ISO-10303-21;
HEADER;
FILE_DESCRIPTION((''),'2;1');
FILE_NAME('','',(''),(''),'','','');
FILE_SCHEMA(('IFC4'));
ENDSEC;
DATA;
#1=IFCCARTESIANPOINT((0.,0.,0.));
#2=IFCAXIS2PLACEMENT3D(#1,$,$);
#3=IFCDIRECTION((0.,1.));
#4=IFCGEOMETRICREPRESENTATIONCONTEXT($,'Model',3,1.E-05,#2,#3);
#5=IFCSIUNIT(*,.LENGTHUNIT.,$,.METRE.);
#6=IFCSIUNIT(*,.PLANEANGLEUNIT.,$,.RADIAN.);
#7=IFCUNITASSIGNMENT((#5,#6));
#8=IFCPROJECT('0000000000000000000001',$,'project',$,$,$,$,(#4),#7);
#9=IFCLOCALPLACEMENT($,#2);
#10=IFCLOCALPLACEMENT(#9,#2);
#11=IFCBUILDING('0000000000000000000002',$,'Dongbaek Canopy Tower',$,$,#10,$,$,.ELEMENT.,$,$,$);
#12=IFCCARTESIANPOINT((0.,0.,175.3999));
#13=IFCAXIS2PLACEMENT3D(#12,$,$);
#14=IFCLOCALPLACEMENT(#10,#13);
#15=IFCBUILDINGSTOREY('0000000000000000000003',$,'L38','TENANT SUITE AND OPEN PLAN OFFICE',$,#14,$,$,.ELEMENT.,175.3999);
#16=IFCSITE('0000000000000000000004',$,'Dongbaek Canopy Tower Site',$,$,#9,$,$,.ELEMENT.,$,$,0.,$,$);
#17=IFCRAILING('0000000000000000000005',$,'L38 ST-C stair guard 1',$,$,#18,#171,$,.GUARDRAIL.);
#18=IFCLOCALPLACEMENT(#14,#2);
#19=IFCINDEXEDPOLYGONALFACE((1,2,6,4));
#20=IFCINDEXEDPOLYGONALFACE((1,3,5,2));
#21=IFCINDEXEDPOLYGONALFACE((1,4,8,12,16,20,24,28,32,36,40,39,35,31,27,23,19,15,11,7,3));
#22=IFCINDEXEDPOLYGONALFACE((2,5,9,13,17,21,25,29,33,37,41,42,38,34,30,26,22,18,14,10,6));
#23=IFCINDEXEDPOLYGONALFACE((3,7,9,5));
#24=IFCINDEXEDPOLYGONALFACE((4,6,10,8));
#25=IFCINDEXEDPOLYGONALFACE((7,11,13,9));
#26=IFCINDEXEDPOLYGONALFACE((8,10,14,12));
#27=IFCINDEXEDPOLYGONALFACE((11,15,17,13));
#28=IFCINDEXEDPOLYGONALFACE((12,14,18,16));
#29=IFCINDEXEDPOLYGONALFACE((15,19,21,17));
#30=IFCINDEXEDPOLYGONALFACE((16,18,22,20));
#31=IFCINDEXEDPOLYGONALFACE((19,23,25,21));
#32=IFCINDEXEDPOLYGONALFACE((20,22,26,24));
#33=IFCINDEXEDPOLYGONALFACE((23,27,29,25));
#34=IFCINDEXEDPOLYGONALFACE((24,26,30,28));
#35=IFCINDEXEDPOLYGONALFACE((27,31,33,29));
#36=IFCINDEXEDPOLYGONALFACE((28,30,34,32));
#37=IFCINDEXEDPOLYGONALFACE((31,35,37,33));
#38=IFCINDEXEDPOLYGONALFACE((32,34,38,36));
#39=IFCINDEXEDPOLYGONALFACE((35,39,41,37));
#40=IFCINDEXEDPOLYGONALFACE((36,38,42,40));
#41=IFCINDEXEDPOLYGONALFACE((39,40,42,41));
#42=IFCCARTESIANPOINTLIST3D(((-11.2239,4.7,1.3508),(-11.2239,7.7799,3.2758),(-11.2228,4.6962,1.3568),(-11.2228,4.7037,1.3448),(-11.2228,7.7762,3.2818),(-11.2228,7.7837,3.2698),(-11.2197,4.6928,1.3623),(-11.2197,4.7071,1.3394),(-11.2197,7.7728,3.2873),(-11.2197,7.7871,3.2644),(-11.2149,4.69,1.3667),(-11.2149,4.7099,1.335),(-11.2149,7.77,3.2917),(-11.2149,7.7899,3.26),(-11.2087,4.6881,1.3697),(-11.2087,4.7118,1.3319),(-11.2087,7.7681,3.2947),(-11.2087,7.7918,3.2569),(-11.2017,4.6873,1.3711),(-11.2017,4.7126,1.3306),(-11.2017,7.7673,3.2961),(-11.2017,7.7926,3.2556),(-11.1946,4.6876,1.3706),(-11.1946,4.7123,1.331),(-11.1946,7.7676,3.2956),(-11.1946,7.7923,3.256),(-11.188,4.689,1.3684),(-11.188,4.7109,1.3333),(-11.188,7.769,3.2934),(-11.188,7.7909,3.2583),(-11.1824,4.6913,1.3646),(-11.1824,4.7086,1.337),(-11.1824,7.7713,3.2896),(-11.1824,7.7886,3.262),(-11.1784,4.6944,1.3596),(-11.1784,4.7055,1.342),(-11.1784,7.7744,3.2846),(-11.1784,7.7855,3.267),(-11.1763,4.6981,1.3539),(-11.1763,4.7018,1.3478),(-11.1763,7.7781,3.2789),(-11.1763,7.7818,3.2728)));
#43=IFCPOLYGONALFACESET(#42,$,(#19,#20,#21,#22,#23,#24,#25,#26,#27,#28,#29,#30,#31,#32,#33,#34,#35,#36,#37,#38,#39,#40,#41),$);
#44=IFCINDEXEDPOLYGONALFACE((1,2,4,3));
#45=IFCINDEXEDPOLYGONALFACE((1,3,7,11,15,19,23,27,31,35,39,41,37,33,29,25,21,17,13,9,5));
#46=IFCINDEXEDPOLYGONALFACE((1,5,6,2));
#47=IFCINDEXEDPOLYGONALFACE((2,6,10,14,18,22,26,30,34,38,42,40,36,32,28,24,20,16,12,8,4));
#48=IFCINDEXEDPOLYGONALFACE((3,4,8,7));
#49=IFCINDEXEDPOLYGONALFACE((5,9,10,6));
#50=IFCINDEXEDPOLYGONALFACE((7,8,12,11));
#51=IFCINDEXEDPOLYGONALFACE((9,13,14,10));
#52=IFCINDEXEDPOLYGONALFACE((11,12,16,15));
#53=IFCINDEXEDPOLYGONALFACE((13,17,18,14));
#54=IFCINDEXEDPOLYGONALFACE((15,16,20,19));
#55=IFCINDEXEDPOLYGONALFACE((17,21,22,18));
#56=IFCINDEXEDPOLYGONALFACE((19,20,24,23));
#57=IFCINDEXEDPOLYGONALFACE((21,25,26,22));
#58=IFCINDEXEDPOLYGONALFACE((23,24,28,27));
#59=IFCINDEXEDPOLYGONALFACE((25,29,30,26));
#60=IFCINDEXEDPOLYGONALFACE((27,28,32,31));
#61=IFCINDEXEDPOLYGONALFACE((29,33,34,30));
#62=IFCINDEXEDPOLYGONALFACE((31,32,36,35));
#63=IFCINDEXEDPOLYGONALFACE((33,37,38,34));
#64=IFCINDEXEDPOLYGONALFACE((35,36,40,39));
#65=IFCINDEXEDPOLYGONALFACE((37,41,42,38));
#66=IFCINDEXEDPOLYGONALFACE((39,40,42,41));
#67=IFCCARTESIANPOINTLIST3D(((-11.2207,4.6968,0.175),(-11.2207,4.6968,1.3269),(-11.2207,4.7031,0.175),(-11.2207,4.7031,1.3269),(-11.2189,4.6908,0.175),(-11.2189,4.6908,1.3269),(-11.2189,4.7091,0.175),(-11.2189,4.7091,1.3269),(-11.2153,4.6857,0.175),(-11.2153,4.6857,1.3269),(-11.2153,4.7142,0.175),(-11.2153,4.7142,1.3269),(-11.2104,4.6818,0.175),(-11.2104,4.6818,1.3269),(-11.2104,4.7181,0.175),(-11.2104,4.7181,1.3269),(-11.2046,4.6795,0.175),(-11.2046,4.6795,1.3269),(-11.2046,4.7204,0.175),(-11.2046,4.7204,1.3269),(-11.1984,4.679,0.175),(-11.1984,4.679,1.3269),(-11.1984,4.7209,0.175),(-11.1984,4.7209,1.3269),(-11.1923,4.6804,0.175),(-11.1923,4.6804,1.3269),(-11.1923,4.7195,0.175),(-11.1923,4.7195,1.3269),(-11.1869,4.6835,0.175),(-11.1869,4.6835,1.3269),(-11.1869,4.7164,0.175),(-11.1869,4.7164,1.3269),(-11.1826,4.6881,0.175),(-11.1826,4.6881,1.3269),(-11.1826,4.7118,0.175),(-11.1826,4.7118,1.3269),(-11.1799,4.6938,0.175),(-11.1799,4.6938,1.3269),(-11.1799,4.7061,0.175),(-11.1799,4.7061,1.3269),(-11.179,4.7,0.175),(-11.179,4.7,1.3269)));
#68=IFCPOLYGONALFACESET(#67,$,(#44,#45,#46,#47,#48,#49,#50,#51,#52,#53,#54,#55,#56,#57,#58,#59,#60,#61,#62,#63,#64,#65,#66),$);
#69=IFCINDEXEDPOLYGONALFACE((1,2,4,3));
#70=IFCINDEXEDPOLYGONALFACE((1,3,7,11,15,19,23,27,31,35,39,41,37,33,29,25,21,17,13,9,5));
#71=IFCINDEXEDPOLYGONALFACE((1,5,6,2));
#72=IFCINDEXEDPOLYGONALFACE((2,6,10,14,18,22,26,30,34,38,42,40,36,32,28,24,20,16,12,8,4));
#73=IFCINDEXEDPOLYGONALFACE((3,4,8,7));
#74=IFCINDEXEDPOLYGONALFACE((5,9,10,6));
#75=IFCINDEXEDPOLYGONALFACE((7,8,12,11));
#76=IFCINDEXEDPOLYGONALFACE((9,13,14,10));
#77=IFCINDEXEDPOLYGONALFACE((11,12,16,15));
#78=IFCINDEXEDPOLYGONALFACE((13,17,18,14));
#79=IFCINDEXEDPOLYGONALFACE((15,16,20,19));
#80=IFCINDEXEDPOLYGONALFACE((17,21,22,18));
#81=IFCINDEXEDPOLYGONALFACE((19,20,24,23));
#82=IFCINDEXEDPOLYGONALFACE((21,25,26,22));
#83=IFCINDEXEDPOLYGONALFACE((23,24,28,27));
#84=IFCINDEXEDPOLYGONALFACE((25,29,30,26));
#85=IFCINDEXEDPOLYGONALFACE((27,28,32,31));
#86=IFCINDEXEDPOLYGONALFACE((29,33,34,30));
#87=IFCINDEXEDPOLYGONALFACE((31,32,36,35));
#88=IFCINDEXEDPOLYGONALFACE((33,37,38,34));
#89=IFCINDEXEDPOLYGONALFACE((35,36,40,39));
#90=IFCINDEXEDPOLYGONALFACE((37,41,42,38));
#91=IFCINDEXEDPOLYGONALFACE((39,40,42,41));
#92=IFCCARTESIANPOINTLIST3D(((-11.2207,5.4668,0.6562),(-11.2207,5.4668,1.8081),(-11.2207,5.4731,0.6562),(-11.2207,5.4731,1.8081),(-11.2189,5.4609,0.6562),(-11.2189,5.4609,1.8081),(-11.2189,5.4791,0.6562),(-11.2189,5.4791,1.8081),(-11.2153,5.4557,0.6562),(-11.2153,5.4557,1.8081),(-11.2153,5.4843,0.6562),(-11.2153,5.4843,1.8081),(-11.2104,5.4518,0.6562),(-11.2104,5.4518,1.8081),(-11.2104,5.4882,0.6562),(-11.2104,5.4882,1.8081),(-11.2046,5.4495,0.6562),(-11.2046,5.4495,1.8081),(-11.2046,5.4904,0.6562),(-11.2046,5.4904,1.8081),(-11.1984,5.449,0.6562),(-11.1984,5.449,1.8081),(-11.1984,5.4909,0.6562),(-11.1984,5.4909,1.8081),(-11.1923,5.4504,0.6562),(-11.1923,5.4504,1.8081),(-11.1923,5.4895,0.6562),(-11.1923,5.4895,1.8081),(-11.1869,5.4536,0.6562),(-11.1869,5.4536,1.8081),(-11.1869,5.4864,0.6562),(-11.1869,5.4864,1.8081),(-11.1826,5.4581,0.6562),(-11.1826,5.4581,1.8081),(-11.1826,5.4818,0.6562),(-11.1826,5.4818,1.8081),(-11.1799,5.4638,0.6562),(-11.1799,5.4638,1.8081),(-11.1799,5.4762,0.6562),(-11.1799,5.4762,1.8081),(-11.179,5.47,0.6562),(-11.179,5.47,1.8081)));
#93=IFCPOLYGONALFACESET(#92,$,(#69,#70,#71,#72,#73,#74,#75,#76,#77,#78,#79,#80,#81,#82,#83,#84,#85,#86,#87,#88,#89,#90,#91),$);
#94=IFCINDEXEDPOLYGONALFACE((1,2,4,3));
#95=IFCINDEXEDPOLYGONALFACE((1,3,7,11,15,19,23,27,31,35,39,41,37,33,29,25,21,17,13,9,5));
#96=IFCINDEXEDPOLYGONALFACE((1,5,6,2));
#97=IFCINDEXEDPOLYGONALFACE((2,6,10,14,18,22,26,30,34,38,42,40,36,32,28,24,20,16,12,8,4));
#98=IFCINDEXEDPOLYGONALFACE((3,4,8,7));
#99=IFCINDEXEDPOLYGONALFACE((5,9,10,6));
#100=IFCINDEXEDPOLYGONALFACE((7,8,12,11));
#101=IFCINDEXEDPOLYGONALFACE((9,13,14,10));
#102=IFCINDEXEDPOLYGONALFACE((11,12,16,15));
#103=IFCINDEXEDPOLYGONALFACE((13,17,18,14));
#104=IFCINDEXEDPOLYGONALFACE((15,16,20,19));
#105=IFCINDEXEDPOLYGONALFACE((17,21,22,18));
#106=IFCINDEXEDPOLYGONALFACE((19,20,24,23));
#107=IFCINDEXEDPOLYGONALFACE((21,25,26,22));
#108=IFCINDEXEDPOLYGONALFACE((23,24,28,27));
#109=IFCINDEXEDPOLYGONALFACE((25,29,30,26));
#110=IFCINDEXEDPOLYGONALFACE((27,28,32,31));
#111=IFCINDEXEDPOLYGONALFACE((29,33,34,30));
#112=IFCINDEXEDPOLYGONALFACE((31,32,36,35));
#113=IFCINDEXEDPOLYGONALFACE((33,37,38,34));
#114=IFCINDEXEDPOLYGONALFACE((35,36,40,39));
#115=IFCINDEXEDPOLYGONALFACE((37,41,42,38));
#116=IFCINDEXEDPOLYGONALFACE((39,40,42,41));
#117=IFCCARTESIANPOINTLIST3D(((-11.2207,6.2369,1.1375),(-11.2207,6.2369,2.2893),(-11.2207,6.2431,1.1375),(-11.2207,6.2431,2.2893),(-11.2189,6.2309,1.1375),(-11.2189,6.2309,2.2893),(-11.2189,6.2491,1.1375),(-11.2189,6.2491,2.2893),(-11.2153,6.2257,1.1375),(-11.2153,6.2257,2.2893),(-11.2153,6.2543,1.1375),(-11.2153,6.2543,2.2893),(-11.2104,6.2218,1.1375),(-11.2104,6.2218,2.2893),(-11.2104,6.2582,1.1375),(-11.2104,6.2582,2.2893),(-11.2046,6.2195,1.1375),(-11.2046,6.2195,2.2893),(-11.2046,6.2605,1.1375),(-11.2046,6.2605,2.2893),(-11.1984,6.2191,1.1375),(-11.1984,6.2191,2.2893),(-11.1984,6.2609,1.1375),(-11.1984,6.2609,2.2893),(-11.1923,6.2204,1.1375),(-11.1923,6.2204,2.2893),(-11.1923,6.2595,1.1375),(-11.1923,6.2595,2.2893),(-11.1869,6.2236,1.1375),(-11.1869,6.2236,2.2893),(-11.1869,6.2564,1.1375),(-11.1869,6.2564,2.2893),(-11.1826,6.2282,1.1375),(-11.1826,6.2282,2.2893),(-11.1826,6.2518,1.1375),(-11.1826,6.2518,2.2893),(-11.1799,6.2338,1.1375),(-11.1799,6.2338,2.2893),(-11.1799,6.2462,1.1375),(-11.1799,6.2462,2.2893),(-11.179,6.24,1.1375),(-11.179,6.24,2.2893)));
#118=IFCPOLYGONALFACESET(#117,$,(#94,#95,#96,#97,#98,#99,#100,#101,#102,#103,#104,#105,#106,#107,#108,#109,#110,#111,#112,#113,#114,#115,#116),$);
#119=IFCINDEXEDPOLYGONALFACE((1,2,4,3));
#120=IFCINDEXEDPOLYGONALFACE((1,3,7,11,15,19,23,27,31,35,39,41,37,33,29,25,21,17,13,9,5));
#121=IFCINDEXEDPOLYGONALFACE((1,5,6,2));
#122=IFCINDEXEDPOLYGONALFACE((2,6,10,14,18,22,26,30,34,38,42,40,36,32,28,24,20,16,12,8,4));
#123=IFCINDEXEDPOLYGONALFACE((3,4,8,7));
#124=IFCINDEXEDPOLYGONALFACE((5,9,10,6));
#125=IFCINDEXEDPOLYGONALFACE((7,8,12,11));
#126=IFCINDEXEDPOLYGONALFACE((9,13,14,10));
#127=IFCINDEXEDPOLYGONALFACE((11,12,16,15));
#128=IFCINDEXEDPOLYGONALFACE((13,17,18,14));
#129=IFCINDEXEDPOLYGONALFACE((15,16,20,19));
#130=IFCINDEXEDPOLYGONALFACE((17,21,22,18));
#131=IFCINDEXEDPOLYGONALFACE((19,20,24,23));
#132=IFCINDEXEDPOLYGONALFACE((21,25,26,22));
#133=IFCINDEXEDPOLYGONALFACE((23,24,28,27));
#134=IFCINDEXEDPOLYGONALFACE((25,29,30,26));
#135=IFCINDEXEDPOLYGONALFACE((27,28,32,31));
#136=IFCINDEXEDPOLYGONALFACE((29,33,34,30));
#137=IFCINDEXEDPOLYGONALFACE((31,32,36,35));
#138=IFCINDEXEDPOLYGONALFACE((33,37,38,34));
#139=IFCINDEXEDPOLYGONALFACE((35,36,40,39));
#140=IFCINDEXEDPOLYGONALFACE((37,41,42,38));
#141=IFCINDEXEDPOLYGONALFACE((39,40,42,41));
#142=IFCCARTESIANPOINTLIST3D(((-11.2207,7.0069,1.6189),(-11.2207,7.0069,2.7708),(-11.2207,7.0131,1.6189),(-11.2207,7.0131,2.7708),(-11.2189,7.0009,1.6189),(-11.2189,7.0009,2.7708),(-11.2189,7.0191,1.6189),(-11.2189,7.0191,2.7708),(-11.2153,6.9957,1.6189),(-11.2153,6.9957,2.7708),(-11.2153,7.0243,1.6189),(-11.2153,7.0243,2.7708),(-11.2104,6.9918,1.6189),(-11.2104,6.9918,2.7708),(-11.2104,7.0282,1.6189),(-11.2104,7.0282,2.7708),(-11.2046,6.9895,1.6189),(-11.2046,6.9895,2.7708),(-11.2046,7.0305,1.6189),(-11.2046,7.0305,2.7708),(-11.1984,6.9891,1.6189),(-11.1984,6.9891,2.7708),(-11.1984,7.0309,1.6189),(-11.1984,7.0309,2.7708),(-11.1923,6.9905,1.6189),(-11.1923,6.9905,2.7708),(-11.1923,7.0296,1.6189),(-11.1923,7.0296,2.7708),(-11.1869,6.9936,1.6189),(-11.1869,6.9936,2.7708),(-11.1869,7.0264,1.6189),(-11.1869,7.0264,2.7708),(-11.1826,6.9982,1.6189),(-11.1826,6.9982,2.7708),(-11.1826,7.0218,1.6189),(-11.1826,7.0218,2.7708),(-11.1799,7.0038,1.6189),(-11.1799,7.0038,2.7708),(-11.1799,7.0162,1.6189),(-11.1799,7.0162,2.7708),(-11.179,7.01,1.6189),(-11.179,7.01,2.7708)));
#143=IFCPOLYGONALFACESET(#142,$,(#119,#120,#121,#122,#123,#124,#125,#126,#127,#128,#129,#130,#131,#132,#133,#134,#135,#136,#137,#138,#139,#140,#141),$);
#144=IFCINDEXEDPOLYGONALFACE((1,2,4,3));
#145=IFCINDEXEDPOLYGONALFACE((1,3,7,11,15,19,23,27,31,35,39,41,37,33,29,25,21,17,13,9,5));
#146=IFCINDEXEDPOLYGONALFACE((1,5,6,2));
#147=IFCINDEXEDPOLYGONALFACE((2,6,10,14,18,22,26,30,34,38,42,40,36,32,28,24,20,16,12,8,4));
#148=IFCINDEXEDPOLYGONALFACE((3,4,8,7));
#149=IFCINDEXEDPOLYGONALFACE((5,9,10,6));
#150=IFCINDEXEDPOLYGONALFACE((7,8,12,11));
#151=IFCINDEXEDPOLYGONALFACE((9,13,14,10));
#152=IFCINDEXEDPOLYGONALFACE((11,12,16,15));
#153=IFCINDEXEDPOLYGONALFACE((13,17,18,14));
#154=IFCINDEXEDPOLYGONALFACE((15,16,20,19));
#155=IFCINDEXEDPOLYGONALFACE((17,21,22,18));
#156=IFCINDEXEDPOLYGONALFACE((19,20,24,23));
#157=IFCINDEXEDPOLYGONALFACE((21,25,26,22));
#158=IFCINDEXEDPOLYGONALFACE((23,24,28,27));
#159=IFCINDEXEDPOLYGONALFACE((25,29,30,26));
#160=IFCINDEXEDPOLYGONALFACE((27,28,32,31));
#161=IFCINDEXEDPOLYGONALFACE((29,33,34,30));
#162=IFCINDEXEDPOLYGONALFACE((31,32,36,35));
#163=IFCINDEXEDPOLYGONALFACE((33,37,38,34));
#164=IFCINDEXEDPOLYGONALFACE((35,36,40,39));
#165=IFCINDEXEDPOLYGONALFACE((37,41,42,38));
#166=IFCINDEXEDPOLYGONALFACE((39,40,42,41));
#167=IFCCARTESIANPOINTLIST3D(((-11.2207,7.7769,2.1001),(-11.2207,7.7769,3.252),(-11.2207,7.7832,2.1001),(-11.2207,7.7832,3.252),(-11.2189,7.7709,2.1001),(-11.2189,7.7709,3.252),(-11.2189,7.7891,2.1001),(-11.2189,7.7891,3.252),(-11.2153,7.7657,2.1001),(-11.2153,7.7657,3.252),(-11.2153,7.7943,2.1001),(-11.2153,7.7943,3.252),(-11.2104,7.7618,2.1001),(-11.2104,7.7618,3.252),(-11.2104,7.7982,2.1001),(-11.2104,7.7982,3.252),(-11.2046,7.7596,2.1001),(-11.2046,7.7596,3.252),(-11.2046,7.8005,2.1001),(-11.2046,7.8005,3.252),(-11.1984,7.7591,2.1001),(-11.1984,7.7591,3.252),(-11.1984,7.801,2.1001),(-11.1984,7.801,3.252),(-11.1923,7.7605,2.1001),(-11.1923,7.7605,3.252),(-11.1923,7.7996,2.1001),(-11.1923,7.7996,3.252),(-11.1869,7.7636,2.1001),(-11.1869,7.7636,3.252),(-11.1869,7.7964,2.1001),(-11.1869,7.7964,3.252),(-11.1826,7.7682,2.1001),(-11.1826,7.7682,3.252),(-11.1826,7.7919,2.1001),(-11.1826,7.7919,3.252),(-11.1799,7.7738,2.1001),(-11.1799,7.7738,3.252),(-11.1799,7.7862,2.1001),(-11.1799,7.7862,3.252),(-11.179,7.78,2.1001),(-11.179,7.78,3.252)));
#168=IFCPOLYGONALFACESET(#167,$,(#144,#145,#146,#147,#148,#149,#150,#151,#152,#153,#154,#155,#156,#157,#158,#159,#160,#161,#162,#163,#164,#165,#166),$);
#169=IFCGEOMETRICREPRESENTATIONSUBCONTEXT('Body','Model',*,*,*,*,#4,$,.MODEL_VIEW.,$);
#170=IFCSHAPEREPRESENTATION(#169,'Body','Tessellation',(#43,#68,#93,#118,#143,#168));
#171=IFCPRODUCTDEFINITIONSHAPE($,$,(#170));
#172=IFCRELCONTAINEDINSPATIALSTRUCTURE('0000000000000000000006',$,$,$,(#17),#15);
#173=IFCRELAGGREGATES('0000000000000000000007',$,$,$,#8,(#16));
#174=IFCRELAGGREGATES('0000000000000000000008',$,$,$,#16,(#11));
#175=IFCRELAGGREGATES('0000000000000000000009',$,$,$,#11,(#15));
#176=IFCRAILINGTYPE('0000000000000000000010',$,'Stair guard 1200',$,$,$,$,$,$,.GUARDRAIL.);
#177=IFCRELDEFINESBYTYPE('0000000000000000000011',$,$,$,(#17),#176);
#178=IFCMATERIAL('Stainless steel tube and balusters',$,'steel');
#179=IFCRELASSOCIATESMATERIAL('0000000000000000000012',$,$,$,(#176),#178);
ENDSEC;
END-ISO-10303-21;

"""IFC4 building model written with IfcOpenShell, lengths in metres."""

from ifc_helpers import new_model, si_unit, direction, frame, origin, origin_2d, place, context, subcontext, project, spatial, circle, extrude, material, type_object, element, save


model = new_model("IFC4")

# Units and contexts
model_context = context("Model", 3, precision=1e-05, world=origin(), true_north=direction((0.0, 1.0)))
body_context = subcontext(model_context, "Body", "Model", "MODEL_VIEW")
ifc_project = project(units=[si_unit("LENGTHUNIT", "METRE"), si_unit("PLANEANGLEUNIT", "RADIAN")], contexts=[model_context])

# Site, building, storey
site_placement = place(None, origin())
site = spatial("IfcSite", under=ifc_project, at=site_placement, Name="Dongbaek Canopy Tower Site", CompositionType="ELEMENT", RefElevation=0.0)
building_placement = place(site_placement, origin())
building = spatial("IfcBuilding", under=site, at=building_placement, Name="Dongbaek Canopy Tower", CompositionType="ELEMENT")
storey_placement = place(building_placement, frame((0.0, 0.0, 175.3999)))
storey = spatial("IfcBuildingStorey", under=building, at=storey_placement, Name="L38", Description="TENANT SUITE AND OPEN PLAN OFFICE", CompositionType="ELEMENT", Elevation=175.3999)

# Railing
ifc_material_1 = material(Name="Stainless steel tube and balusters", Category="steel")
railing_type_1 = type_object("IfcRailingType", Name="Stair guard 1200", PredefinedType="GUARDRAIL", material=ifc_material_1)
railing_1_placement = place(storey_placement, frame((-11.2, 4.7, 0.175)))
element("IfcRailing", 1, at=railing_1_placement, inside=storey, type_object=railing_type_1, Name="L38 ST-C stair guard 1", PredefinedType="GUARDRAIL", context=body_context, shape_type="SweptSolid", body=[
    extrude(circle(Radius=0.0239, at=origin_2d()), frame((0.0, 0.0, 1.1758), z_axis=(0.0, 0.847998, 0.529999), x_axis=(-1.0, 0.0, 0.0)), (0.0, 0.0, 1.0), 3.6321),
    extrude(circle(Radius=0.021, at=origin_2d()), origin(), (0.0, 0.0, 1.0), 1.1519),
    extrude(circle(Radius=0.021, at=origin_2d()), frame((0.0, 0.77, 0.4812)), (0.0, 0.0, 1.0), 1.1519),
    extrude(circle(Radius=0.021, at=origin_2d()), frame((0.0, 1.54, 0.9624)), (0.0, 0.0, 1.0), 1.1519),
    extrude(circle(Radius=0.021, at=origin_2d()), frame((0.0, 2.3101, 1.4438)), (0.0, 0.0, 1.0), 1.1519),
    extrude(circle(Radius=0.021, at=origin_2d()), frame((0.0, 3.0801, 1.925)), (0.0, 0.0, 1.0), 1.1519),
])

save(model, "model.ifc")
